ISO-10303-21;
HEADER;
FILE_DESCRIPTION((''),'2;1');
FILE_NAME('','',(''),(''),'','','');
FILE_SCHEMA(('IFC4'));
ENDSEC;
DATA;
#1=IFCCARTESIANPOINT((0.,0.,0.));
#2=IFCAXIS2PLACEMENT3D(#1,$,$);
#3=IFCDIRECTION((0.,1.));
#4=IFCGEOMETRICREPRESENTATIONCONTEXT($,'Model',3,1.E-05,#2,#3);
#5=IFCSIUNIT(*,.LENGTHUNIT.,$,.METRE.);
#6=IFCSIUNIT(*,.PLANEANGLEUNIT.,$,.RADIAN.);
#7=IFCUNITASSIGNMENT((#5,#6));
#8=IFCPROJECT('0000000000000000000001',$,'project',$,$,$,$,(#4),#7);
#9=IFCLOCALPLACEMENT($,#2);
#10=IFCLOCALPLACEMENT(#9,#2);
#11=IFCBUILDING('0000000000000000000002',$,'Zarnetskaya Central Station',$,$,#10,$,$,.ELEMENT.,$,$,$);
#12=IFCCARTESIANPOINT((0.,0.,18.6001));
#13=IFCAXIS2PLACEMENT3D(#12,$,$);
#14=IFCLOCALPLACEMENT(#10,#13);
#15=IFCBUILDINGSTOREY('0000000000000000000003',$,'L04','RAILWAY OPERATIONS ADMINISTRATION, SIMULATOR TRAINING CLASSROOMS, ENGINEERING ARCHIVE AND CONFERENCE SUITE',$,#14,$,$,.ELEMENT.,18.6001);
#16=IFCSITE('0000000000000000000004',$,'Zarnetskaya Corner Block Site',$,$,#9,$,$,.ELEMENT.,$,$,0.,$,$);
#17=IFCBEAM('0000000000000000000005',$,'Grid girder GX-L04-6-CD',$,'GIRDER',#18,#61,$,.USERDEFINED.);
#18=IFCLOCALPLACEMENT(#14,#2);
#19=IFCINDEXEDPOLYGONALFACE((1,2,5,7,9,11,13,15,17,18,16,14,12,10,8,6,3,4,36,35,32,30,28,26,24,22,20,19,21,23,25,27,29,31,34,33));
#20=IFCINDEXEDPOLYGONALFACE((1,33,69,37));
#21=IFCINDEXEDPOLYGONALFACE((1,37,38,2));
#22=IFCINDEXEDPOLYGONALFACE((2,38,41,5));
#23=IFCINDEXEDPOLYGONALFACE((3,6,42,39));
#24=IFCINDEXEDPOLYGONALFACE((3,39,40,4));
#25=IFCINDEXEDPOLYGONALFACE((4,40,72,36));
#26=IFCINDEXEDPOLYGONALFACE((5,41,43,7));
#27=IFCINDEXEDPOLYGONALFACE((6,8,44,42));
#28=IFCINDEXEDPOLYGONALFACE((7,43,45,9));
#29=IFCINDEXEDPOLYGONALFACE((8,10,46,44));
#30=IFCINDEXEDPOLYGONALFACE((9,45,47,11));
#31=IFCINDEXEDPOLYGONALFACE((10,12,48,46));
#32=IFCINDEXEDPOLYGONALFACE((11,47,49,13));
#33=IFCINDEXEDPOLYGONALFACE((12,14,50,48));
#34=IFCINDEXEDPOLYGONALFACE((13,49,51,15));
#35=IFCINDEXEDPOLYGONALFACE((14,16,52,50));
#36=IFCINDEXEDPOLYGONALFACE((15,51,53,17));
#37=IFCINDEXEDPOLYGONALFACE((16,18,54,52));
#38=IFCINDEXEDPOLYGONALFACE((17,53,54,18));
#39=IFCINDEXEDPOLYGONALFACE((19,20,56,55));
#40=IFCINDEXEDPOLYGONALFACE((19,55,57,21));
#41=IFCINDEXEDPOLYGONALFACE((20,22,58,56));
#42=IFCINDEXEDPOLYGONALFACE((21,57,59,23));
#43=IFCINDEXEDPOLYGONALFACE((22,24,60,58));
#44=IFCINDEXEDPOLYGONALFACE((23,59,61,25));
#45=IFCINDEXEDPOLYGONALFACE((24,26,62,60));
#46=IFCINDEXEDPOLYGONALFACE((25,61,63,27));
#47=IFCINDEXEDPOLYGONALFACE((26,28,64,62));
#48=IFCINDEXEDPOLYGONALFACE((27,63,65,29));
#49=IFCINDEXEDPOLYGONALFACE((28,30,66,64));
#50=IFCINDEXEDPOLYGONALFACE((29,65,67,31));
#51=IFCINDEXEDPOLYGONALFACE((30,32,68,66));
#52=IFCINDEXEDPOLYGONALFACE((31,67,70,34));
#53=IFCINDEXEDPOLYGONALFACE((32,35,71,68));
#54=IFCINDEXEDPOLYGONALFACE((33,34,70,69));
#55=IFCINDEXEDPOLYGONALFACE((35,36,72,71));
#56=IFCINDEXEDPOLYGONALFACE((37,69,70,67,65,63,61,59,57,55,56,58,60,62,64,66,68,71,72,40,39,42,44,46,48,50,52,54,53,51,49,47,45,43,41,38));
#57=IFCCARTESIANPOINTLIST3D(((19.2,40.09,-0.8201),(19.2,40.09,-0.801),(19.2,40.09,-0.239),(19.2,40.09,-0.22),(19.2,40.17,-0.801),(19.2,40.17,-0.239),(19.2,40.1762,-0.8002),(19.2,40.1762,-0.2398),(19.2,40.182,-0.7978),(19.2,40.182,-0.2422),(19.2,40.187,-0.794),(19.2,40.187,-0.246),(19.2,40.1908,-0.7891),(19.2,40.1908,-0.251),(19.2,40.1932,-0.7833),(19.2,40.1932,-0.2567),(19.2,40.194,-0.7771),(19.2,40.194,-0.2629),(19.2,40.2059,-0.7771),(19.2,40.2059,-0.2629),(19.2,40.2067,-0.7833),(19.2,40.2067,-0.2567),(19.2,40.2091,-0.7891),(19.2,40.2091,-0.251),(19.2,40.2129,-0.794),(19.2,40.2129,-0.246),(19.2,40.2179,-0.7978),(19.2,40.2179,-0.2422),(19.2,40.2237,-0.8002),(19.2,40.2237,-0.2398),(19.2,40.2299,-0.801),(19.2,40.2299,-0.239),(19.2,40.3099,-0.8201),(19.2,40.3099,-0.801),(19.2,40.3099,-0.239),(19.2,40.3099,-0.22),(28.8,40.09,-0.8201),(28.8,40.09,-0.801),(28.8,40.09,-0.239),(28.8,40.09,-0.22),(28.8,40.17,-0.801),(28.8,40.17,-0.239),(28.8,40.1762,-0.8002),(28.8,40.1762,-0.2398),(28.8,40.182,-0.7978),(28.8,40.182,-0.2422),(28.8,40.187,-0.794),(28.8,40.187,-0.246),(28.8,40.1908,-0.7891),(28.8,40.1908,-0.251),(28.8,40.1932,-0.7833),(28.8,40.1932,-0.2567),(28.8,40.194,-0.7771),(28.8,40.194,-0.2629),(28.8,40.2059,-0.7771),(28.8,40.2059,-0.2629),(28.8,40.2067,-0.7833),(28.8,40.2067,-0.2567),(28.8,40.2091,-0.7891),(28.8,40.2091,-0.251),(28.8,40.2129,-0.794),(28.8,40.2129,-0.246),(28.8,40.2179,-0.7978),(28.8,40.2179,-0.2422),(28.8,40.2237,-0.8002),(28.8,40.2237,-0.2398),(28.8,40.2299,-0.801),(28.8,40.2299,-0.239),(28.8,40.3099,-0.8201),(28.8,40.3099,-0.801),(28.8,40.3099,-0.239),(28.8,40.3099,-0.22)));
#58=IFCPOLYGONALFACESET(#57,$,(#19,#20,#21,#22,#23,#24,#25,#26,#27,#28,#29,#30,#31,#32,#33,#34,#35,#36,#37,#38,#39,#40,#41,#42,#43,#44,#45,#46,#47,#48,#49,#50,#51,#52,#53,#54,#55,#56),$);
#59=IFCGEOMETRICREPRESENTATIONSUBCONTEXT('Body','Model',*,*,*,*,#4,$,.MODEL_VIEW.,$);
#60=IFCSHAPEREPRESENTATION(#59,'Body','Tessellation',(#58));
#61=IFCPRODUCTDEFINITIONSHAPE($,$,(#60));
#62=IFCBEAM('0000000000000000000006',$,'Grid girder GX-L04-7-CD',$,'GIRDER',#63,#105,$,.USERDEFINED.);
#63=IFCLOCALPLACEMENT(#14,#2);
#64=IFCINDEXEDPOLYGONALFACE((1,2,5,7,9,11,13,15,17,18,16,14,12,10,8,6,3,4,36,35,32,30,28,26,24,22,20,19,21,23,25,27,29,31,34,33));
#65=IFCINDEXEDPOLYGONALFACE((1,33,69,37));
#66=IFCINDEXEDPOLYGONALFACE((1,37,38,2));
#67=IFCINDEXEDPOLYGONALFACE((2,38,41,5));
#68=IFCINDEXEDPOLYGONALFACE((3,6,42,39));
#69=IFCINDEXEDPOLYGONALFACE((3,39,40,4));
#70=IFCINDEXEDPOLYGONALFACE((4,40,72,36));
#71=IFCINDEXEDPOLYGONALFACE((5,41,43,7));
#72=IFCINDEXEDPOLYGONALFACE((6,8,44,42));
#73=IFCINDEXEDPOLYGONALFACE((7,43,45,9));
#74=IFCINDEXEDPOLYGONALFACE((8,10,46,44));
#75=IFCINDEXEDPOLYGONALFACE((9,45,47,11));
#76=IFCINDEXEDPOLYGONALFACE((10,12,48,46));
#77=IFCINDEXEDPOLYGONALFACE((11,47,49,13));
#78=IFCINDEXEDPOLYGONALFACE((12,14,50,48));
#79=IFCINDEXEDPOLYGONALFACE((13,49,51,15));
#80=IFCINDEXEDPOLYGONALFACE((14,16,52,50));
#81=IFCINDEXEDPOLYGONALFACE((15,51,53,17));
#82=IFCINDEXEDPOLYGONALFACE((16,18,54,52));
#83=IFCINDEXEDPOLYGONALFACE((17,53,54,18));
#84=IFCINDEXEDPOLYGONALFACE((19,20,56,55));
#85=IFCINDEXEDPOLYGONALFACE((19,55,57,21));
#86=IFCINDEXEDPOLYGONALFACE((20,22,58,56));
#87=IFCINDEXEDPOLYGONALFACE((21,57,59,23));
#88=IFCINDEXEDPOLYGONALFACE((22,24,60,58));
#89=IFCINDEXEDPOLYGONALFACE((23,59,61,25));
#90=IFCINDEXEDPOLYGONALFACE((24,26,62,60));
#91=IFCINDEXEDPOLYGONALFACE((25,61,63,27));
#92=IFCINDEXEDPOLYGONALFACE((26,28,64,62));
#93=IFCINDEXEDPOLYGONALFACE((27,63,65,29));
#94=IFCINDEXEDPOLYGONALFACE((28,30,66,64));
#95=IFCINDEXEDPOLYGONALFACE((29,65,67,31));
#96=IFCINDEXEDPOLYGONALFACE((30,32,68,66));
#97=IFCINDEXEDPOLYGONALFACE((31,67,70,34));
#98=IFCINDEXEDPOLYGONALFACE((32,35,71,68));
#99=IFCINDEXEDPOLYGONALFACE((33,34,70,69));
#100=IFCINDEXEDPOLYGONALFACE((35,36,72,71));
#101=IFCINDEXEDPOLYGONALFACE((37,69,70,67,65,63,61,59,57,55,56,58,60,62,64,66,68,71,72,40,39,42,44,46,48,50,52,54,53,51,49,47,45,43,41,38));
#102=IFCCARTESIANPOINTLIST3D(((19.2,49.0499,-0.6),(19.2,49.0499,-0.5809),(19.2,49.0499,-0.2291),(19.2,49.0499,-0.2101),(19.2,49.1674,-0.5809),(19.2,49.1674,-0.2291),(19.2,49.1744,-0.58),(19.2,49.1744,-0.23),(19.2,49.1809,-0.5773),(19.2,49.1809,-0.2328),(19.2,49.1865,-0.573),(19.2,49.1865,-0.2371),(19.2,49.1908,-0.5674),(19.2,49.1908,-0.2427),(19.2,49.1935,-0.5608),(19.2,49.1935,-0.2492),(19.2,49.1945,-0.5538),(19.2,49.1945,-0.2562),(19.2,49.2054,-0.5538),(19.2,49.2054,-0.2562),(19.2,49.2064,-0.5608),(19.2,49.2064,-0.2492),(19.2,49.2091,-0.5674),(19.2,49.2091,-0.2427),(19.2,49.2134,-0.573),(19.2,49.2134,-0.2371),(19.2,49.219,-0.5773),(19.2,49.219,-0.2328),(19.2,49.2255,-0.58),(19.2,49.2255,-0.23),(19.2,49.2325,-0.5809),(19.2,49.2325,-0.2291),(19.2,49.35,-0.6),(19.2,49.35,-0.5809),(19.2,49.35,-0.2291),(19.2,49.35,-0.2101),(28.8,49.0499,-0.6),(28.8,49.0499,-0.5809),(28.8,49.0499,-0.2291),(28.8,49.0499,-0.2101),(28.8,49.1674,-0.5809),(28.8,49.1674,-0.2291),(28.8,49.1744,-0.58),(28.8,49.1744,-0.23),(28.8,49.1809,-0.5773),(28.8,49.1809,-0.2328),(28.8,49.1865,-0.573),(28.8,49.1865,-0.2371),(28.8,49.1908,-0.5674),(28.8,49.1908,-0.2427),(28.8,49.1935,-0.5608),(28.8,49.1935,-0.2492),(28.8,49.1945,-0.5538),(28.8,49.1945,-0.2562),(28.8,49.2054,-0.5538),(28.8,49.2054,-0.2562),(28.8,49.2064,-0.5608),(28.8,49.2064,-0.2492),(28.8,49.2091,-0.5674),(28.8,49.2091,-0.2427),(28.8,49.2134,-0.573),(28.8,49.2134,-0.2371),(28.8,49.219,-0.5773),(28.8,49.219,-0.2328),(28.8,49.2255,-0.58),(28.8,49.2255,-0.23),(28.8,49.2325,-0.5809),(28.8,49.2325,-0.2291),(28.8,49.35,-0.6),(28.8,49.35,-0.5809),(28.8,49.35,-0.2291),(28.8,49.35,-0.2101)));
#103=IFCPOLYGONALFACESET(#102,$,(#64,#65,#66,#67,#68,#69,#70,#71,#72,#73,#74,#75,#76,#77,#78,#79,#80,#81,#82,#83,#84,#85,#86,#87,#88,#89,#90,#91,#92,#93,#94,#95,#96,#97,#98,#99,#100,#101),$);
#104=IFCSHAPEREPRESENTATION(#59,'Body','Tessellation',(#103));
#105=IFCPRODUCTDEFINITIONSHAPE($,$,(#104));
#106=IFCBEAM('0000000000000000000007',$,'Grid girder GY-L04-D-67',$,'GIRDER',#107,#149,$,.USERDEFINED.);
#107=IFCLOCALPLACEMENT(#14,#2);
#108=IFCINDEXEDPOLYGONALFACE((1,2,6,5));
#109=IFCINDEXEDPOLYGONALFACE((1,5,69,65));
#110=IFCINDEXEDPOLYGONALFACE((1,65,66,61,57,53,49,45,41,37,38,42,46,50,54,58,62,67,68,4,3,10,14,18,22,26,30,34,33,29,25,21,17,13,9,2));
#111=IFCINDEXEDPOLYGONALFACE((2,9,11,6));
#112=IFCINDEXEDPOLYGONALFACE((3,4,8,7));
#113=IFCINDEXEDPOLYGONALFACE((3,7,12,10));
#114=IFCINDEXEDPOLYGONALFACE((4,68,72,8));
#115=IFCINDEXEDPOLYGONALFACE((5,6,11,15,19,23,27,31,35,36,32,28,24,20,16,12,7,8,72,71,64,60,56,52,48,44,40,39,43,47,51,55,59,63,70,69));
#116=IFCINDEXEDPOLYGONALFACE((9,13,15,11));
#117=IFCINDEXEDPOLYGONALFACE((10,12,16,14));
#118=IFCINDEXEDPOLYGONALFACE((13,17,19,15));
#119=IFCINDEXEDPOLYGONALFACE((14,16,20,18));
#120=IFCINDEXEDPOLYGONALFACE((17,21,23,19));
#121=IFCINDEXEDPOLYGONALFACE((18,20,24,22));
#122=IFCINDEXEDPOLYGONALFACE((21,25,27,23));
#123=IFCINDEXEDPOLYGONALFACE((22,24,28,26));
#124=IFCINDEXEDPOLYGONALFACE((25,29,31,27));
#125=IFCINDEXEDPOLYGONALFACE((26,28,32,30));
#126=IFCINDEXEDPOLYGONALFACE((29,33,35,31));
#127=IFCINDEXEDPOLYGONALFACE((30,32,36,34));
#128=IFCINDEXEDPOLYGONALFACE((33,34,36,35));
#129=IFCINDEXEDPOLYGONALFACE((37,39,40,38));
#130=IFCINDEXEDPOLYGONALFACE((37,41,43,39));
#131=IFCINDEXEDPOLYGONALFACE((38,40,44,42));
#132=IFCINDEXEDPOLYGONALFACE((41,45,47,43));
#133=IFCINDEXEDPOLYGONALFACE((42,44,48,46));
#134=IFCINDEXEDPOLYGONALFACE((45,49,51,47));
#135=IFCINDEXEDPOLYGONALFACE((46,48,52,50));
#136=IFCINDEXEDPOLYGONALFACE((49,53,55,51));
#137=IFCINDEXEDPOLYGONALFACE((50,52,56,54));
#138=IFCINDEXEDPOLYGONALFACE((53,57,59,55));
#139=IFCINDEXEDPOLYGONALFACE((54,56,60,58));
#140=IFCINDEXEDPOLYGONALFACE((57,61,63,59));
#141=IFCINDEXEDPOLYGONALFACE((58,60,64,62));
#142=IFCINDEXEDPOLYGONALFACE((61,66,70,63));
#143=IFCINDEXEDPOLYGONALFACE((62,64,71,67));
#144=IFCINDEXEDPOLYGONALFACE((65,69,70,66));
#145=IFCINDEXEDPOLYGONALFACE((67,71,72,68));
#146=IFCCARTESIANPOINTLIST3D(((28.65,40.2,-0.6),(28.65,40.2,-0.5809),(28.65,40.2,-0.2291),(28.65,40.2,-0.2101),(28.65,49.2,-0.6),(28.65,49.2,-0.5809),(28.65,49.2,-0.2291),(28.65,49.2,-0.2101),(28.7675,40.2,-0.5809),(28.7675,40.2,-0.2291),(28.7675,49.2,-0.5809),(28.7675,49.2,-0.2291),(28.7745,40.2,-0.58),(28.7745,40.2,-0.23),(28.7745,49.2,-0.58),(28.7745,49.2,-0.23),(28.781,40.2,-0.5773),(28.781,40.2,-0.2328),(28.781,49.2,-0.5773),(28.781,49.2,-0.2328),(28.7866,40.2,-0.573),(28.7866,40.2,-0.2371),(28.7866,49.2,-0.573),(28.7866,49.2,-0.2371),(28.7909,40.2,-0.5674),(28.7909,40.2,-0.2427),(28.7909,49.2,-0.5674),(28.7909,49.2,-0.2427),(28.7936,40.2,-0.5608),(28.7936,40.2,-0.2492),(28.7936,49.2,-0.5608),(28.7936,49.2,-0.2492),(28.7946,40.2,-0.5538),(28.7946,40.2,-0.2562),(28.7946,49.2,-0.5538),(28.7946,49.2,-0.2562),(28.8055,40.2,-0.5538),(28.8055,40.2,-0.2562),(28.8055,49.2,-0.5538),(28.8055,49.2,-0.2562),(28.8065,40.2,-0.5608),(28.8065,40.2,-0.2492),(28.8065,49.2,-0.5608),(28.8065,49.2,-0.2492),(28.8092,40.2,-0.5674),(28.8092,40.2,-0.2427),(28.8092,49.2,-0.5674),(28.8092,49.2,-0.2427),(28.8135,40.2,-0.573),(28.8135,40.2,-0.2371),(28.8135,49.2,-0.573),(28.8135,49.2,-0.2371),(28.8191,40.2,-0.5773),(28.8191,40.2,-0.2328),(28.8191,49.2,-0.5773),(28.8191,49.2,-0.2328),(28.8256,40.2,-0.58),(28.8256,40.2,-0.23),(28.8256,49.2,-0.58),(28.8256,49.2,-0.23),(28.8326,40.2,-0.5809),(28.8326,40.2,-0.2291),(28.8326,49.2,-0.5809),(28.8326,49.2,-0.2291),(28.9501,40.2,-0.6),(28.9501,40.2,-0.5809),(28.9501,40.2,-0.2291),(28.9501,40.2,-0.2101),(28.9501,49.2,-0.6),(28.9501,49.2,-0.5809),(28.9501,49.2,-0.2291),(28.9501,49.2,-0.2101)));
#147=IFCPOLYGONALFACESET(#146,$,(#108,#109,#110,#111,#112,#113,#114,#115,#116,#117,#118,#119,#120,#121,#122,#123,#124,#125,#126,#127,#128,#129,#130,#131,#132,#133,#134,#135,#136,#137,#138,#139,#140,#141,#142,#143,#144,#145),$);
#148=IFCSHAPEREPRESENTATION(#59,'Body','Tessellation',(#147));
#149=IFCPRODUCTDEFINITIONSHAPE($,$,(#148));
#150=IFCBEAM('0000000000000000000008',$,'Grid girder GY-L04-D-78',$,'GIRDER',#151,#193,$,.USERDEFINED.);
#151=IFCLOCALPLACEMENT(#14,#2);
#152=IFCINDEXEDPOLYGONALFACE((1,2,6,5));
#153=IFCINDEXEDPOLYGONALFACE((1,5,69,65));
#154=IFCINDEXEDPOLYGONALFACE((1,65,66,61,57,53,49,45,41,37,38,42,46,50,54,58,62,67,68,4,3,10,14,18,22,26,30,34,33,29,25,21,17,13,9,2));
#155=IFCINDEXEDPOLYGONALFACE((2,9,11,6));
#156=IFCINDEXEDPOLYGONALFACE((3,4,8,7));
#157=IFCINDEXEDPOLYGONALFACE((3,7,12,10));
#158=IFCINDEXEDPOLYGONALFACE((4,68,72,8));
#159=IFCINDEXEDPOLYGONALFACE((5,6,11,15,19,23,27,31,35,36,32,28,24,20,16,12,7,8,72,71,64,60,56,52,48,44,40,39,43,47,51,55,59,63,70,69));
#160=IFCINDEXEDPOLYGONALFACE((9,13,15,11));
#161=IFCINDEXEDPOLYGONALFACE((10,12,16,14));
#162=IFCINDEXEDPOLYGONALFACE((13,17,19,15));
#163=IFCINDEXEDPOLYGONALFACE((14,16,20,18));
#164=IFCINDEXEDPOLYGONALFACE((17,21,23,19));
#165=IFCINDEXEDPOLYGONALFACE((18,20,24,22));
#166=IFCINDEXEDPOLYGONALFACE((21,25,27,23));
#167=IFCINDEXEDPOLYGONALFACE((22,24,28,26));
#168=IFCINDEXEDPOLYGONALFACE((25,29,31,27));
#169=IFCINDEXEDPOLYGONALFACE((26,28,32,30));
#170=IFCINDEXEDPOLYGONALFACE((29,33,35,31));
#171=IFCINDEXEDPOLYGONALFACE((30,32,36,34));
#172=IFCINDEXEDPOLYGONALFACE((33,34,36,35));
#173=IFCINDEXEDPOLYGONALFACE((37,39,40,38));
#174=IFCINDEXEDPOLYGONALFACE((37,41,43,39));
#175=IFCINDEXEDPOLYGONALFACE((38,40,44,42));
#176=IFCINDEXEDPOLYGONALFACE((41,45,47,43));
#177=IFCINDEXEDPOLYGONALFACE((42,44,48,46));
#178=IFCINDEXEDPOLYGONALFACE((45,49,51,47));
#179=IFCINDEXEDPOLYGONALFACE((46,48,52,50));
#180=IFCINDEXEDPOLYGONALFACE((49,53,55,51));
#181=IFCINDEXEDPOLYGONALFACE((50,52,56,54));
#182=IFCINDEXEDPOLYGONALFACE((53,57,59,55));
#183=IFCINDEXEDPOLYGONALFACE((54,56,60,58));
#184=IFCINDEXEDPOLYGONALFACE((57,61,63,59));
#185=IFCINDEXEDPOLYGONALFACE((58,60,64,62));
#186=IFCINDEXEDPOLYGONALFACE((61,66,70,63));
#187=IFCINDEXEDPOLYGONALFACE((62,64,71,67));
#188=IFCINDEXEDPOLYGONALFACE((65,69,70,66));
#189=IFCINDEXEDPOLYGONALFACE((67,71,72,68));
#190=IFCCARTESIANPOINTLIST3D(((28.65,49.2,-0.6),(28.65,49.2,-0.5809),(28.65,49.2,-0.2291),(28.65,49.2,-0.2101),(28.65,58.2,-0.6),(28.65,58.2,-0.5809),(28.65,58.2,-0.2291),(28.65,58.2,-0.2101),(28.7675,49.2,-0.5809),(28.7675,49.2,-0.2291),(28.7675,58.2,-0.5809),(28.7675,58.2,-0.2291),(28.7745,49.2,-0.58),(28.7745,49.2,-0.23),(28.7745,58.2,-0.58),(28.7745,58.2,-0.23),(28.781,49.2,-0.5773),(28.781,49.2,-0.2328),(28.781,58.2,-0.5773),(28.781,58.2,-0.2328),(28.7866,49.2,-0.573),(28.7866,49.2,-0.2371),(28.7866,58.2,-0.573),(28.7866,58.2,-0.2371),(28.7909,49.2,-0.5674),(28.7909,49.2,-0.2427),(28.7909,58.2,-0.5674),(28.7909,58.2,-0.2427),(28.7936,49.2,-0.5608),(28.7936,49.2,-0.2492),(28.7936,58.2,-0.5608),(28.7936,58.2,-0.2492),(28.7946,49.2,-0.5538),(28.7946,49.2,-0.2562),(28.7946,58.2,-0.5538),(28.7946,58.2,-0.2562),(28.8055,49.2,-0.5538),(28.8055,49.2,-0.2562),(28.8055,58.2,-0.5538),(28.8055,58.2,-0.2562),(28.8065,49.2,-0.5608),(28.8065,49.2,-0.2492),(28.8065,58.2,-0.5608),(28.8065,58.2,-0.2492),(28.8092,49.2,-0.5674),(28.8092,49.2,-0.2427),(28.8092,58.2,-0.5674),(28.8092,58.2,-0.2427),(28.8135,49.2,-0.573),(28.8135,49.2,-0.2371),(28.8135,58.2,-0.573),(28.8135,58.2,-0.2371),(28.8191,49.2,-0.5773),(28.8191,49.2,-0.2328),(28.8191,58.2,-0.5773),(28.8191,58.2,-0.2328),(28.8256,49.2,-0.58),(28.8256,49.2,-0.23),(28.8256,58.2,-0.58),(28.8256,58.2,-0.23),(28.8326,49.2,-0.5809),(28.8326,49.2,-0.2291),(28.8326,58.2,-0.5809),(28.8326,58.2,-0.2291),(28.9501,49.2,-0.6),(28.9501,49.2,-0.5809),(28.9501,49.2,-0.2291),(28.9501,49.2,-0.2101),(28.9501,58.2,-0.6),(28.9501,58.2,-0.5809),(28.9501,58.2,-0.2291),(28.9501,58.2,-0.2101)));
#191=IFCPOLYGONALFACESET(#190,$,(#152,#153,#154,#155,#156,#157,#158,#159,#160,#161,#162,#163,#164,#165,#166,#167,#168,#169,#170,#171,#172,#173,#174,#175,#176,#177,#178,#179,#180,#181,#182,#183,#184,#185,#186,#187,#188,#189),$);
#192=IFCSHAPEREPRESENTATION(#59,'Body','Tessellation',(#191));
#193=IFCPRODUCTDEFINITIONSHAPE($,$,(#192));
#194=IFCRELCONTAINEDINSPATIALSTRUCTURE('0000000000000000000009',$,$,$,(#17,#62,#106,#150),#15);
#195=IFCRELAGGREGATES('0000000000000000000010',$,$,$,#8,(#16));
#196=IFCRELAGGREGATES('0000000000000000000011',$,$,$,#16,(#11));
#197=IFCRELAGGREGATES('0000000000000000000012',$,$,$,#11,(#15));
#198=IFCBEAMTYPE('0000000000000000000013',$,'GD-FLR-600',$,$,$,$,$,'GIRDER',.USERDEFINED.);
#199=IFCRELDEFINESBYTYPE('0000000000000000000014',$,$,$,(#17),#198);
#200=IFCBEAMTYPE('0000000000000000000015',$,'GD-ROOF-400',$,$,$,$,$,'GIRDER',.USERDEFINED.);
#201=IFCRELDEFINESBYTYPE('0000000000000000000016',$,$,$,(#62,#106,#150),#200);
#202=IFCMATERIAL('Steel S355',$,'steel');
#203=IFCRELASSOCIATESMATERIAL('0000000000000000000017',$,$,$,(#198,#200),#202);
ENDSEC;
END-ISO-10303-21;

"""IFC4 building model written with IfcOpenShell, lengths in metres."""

from ifc_helpers import new_model, si_unit, direction, frame, origin, origin_2d, place, context, subcontext, project, spatial, i_section, extrude, material, material_profile, profile_set, type_object, element, save


model = new_model("IFC4")

# Units and contexts
model_context = context("Model", 3, precision=1e-05, world=origin(), true_north=direction((0.0, 1.0)))
body_context = subcontext(model_context, "Body", "Model", "MODEL_VIEW")
ifc_project = project(units=[si_unit("LENGTHUNIT", "METRE"), si_unit("PLANEANGLEUNIT", "RADIAN")], contexts=[model_context])

# Site, building, storey
site_placement = place(None, origin())
site = spatial("IfcSite", under=ifc_project, at=site_placement, Name="Zarnetskaya Corner Block Site", CompositionType="ELEMENT", RefElevation=0.0)
building_placement = place(site_placement, origin())
building = spatial("IfcBuilding", under=site, at=building_placement, Name="Zarnetskaya Central Station", CompositionType="ELEMENT")
storey_placement = place(building_placement, frame((0.0, 0.0, 18.6001)))
storey = spatial("IfcBuildingStorey", under=building, at=storey_placement, Name="L04", Description="RAILWAY OPERATIONS ADMINISTRATION, SIMULATOR TRAINING CLASSROOMS, ENGINEERING ARCHIVE AND CONFERENCE SUITE", CompositionType="ELEMENT", Elevation=18.6001)

# Shared definitions
ifc_material_1 = material(Name="Steel S355", Category="steel")

# Beams
ifc_material_profile_1 = material_profile(ifc_material_1, i_section(OverallWidth=0.22, OverallDepth=0.6001, WebThickness=0.012, FlangeThickness=0.019, FilletRadius=0.0239, at=origin_2d()), Name="IPE 600")
ifc_profile_set_1 = profile_set([ifc_material_profile_1], Name="Steel S355")
beam_type_1 = type_object("IfcBeamType", Name="GD-FLR-600", ElementType="GIRDER", PredefinedType="USERDEFINED", material=ifc_profile_set_1)
beam_1_placement = place(storey_placement, frame((19.2, 40.2, -0.52), z_axis=(1.0, 0.0, 0.0), x_axis=(0.0, 1.0, 0.0)))
element("IfcBeam", 1, at=beam_1_placement, inside=storey, type_object=beam_type_1, Name="Grid girder GX-L04-6-CD", ObjectType="GIRDER", PredefinedType="USERDEFINED", context=body_context, shape_type="SweptSolid", body=[
    extrude(i_section(OverallWidth=0.22, OverallDepth=0.6001, WebThickness=0.012, FlangeThickness=0.019, FilletRadius=0.0239, at=origin_2d()), origin(), (0.0, 0.0, 1.0), 9.6001),
])
ifc_material_profile_2 = material_profile(ifc_material_1, i_section(OverallWidth=0.3, OverallDepth=0.3899, WebThickness=0.011, FlangeThickness=0.019, FilletRadius=0.0271, at=origin_2d()), Name="HEA 400")
ifc_profile_set_2 = profile_set([ifc_material_profile_2], Name="Steel S355")
beam_type_2 = type_object("IfcBeamType", Name="GD-ROOF-400", ElementType="GIRDER", PredefinedType="USERDEFINED", material=ifc_profile_set_2)
beam_2_placement = place(storey_placement, frame((19.2, 49.2, -0.405), z_axis=(1.0, 0.0, 0.0), x_axis=(0.0, 1.0, 0.0)))
element("IfcBeam", 2, at=beam_2_placement, inside=storey, type_object=beam_type_2, Name="Grid girder GX-L04-7-CD", ObjectType="GIRDER", PredefinedType="USERDEFINED", context=body_context, shape_type="SweptSolid", body=[
    extrude(i_section(OverallWidth=0.3, OverallDepth=0.3899, WebThickness=0.011, FlangeThickness=0.019, FilletRadius=0.0271, at=origin_2d()), origin(), (0.0, 0.0, 1.0), 9.6001),
])
for number, where, z_axis, x_axis, name in (
    (3, (28.8, 40.2, -0.405), (0.0, 1.0, 0.0), (-1.0, 0.0, 0.0), "Grid girder GY-L04-D-67"),
    (4, (28.8, 49.2, -0.405), (0.0, 1.0, 0.0), (-1.0, 0.0, 0.0), "Grid girder GY-L04-D-78"),
):
    element("IfcBeam", number, at=place(storey_placement, frame(where, z_axis=z_axis, x_axis=x_axis)), inside=storey, type_object=beam_type_2, Name=name, ObjectType="GIRDER", PredefinedType="USERDEFINED", context=body_context, shape_type="SweptSolid", body=[
        extrude(i_section(OverallWidth=0.3, OverallDepth=0.3899, WebThickness=0.011, FlangeThickness=0.019, FilletRadius=0.0271, at=origin_2d()), origin(), (0.0, 0.0, 1.0), 9.0),
    ])

save(model, "model.ifc")
